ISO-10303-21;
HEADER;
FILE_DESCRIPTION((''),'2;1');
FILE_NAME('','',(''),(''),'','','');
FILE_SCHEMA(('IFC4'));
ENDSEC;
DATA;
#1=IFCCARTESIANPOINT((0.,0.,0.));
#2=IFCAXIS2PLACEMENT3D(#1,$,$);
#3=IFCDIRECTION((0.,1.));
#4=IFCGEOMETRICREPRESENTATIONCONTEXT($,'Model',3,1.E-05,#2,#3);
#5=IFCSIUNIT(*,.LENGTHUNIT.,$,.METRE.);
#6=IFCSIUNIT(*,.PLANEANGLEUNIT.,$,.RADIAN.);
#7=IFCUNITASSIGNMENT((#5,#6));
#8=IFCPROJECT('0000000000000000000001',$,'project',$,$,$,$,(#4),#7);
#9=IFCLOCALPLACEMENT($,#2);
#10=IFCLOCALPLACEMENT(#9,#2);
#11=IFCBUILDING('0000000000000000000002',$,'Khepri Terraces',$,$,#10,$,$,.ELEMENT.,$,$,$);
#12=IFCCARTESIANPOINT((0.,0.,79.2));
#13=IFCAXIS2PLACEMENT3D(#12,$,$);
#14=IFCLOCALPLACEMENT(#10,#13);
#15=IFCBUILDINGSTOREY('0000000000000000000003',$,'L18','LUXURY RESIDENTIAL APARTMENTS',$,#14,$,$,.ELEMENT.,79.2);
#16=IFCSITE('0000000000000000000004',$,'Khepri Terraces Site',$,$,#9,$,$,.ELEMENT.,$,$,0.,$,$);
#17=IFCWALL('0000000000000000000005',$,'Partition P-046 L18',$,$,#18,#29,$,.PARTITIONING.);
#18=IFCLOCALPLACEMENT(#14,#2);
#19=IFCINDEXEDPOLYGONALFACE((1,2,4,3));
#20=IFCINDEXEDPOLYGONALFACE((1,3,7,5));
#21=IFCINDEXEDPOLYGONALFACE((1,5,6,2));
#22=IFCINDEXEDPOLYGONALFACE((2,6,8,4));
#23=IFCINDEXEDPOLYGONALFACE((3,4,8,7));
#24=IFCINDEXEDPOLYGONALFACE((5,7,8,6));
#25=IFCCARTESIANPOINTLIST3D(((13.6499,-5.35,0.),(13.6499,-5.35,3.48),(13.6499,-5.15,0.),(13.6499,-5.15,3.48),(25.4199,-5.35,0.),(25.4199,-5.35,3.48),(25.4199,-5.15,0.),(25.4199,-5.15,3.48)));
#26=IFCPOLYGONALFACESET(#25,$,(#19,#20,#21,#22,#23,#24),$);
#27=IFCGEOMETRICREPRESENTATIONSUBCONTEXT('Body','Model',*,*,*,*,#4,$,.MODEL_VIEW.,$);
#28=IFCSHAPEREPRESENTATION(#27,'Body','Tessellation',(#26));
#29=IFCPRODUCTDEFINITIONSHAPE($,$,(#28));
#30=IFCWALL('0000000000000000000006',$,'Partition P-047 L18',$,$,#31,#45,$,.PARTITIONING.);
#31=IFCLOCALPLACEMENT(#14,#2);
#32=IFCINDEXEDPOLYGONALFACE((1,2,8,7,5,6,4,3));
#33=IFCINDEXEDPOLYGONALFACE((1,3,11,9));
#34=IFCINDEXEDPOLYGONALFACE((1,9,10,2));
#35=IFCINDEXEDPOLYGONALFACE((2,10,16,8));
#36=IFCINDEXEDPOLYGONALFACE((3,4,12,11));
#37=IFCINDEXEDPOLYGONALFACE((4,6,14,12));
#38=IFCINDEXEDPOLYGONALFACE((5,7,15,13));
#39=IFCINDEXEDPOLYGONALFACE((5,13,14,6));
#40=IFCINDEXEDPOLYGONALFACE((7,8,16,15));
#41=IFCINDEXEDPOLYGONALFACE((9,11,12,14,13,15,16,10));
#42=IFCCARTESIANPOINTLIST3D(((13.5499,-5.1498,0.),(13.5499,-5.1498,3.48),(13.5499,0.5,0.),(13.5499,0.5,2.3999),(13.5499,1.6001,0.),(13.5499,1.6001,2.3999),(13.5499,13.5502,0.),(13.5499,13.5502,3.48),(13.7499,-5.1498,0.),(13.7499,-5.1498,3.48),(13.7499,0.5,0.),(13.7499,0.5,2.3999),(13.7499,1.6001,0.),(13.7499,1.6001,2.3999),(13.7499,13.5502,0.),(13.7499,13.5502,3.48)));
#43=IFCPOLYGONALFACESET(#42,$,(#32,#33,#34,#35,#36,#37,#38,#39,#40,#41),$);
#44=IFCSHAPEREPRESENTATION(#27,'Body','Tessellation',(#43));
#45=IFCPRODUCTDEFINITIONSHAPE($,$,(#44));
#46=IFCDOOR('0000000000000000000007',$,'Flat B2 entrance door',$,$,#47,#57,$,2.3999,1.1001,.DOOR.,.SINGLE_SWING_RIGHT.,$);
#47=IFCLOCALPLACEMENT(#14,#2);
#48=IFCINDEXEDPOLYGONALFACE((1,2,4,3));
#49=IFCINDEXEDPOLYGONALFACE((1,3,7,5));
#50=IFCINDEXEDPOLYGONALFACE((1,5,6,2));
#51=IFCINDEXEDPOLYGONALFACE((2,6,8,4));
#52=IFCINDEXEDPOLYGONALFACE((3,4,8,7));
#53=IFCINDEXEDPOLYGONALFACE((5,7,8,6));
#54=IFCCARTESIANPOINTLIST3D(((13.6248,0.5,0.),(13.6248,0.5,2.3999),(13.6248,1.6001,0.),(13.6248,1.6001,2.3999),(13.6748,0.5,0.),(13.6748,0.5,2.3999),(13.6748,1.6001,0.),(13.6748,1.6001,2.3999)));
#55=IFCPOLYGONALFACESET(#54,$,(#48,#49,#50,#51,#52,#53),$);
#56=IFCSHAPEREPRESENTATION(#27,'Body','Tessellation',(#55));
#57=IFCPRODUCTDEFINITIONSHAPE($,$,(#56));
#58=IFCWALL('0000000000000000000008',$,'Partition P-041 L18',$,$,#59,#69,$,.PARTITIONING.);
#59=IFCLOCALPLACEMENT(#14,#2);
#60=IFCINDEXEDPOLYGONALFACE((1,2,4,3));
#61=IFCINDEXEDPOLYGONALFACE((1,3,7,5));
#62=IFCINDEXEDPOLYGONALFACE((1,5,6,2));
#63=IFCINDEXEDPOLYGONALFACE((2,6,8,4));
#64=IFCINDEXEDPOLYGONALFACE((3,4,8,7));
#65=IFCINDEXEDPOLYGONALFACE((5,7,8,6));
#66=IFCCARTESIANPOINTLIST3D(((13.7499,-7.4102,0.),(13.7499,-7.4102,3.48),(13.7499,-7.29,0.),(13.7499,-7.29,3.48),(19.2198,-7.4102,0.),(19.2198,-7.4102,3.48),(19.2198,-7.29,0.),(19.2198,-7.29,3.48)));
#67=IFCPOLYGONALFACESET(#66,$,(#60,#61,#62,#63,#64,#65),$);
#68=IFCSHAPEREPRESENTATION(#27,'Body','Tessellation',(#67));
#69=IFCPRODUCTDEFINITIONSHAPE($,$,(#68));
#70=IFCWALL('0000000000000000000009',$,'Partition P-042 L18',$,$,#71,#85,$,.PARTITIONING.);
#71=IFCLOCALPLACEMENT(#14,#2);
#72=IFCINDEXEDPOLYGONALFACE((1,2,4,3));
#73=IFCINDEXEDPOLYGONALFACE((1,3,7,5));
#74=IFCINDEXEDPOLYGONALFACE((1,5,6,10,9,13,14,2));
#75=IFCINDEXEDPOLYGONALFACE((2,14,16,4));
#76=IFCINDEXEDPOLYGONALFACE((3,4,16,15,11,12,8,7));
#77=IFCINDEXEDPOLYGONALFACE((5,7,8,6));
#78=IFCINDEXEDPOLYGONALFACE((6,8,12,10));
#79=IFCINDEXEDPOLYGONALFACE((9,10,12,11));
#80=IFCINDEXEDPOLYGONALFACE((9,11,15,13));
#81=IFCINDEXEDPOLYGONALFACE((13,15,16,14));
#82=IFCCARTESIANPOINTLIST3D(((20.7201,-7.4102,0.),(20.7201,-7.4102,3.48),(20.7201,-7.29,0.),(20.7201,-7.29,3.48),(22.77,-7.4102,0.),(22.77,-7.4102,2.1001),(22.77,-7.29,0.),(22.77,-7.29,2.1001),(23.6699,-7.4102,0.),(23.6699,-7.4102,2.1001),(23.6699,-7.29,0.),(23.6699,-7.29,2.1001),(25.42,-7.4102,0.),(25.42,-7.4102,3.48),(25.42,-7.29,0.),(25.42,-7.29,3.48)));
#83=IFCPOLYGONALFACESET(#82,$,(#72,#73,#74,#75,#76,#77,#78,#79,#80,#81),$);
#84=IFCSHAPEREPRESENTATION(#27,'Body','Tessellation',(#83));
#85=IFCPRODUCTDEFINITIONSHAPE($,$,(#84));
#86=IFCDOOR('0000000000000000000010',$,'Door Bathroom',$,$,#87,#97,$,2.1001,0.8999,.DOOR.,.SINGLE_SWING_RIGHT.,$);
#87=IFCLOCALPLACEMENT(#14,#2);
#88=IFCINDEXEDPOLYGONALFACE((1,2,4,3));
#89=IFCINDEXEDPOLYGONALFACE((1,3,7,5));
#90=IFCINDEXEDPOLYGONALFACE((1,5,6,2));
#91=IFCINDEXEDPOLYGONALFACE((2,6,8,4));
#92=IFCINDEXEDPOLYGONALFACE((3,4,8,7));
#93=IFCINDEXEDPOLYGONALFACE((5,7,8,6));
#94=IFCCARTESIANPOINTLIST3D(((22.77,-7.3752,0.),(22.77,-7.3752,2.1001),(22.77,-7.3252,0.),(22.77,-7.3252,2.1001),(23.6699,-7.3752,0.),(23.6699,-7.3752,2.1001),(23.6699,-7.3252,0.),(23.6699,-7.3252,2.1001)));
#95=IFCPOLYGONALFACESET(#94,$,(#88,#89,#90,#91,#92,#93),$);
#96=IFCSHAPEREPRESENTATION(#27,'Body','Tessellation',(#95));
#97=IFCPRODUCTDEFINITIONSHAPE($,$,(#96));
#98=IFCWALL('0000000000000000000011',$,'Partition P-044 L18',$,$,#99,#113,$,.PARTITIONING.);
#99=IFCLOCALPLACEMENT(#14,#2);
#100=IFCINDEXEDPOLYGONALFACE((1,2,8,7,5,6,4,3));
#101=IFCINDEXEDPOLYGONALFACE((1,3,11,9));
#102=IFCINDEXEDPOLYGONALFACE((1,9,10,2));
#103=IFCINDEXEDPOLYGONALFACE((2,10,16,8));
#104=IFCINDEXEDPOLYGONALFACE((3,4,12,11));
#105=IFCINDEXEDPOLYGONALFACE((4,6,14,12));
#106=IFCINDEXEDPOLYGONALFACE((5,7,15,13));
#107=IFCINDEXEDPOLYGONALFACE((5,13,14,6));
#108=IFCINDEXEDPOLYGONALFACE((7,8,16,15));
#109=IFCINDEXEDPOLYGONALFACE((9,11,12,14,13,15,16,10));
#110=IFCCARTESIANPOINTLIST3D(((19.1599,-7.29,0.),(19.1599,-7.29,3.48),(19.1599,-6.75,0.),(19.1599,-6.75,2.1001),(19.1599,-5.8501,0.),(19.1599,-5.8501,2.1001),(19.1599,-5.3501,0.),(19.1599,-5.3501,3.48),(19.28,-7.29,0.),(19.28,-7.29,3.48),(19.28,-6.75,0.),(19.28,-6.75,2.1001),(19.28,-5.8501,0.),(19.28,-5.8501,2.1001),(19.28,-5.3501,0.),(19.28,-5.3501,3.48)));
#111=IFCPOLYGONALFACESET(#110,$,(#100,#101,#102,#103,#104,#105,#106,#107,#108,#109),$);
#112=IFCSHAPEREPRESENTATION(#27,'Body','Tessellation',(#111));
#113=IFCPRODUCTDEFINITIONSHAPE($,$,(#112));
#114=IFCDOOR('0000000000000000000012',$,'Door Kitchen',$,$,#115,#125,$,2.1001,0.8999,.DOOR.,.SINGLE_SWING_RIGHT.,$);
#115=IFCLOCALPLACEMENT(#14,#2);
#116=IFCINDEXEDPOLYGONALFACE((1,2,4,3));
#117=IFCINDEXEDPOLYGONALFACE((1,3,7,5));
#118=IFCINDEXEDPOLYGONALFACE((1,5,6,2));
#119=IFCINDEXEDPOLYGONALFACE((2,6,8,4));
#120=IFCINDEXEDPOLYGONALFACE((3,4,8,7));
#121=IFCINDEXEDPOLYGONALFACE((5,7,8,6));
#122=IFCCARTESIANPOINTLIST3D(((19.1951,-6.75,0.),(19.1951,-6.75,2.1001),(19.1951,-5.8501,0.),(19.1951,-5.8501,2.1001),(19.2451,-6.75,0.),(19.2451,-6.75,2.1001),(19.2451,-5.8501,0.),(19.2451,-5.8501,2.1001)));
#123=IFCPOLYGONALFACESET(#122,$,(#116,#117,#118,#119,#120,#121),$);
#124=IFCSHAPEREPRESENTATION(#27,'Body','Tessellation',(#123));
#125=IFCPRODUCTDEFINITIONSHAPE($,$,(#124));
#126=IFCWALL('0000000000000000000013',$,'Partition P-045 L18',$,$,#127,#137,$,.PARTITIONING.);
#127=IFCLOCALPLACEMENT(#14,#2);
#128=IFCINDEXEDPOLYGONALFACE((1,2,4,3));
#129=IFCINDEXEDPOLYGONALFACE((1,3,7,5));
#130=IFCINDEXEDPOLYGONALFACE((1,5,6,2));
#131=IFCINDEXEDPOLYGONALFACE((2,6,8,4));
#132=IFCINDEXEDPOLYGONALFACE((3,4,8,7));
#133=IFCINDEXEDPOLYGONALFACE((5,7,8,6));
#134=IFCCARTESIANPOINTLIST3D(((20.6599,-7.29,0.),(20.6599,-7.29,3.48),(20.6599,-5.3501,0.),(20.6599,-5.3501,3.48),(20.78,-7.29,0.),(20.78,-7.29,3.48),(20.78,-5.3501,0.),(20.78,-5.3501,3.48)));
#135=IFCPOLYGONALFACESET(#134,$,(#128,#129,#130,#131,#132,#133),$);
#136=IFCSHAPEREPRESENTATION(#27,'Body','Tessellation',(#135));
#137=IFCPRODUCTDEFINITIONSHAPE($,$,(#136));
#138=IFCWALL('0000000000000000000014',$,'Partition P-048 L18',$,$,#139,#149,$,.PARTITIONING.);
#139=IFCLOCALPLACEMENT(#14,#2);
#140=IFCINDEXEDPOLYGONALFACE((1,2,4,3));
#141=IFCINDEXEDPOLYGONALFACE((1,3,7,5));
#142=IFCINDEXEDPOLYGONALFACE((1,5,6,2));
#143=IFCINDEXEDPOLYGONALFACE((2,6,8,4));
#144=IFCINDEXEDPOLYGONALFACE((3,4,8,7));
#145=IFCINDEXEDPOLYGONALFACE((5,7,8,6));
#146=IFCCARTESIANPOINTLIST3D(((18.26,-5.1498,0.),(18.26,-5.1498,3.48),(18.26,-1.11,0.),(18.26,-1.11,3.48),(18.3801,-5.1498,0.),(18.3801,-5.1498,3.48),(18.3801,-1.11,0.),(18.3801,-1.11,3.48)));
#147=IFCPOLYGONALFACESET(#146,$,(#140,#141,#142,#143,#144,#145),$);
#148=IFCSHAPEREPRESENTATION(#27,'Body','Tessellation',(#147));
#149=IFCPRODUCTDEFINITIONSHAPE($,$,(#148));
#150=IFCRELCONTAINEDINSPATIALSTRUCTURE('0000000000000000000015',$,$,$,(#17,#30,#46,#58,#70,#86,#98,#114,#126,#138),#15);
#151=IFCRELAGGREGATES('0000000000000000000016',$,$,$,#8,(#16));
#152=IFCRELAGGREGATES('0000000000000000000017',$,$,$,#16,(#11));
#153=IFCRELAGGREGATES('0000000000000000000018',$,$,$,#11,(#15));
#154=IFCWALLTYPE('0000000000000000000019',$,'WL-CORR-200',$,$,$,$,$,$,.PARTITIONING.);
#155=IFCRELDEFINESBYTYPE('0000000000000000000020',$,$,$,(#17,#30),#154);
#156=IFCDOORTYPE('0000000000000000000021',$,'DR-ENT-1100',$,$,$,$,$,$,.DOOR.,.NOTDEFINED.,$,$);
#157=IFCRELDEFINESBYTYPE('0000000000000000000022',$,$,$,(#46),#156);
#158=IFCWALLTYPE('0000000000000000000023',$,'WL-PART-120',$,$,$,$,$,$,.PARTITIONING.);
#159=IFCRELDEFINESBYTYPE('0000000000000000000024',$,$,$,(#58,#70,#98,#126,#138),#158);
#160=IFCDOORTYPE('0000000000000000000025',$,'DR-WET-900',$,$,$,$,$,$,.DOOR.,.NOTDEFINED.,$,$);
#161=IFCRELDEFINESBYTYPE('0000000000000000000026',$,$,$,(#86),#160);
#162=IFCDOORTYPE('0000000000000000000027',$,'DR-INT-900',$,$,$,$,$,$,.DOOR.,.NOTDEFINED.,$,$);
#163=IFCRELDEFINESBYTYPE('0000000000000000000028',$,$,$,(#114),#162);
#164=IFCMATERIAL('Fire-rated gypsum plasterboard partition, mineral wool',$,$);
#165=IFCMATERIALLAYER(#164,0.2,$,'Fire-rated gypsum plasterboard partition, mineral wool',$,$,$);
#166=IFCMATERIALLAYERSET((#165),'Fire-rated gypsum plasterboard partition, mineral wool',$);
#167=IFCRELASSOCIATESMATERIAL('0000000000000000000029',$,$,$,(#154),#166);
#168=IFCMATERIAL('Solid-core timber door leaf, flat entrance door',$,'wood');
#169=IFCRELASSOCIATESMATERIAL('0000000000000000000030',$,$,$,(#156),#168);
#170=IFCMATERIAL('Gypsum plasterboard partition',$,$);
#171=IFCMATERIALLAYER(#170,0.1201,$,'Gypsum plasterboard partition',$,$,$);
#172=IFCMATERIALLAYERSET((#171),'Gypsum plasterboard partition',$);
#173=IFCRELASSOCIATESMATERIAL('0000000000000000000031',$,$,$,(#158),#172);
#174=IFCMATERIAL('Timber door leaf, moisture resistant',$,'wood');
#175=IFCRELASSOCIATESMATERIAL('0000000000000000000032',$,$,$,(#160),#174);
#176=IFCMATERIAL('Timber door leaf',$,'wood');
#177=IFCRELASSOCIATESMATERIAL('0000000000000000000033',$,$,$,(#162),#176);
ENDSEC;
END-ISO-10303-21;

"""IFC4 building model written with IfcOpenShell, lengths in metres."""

from ifc_helpers import new_model, si_unit, direction, frame, frame_2d, origin, place, context, subcontext, project, spatial, rectangle, extrude, material, layer, layer_set, type_object, element, fill, save


model = new_model("IFC4")

# Units and contexts
model_context = context("Model", 3, precision=1e-05, world=origin(), true_north=direction((0.0, 1.0)))
body_context = subcontext(model_context, "Body", "Model", "MODEL_VIEW")
ifc_project = project(units=[si_unit("LENGTHUNIT", "METRE"), si_unit("PLANEANGLEUNIT", "RADIAN")], contexts=[model_context])

# Site, building, storey
site_placement = place(None, origin())
site = spatial("IfcSite", under=ifc_project, at=site_placement, Name="Khepri Terraces Site", CompositionType="ELEMENT", RefElevation=0.0)
building_placement = place(site_placement, origin())
building = spatial("IfcBuilding", under=site, at=building_placement, Name="Khepri Terraces", CompositionType="ELEMENT")
storey_placement = place(building_placement, frame((0.0, 0.0, 79.2)))
storey = spatial("IfcBuildingStorey", under=building, at=storey_placement, Name="L18", Description="LUXURY RESIDENTIAL APARTMENTS", CompositionType="ELEMENT", Elevation=79.2)

# Wall
ifc_material_1 = material(Name="Fire-rated gypsum plasterboard partition, mineral wool")
ifc_layer_1 = layer(ifc_material_1, 0.2, Name="Fire-rated gypsum plasterboard partition, mineral wool")
ifc_layer_set_1 = layer_set([ifc_layer_1], Name="Fire-rated gypsum plasterboard partition, mineral wool")
wall_type_1 = type_object("IfcWallType", Name="WL-CORR-200", PredefinedType="PARTITIONING", material=ifc_layer_set_1)
wall_1_placement = place(storey_placement, frame((13.6499, -5.25, 0.0), z_axis=(0.0, 0.0, 1.0), x_axis=(1.0, 0.0, 0.0)))
element("IfcWall", 1, at=wall_1_placement, inside=storey, type_object=wall_type_1, Name="Partition P-046 L18", PredefinedType="PARTITIONING", context=body_context, shape_type="SweptSolid", body=[
    extrude(rectangle(XDim=11.77, YDim=0.2, at=frame_2d((5.885, 0.0))), origin(), (0.0, 0.0, 1.0), 3.48),
])

# Wall, opening, door
wall_2_placement = place(storey_placement, frame((13.6499, -5.1499, 0.0), z_axis=(0.0, 0.0, 1.0), x_axis=(0.0, 1.0, 0.0)))
wall_2 = element("IfcWall", 2, at=wall_2_placement, inside=storey, type_object=wall_type_1, Name="Partition P-047 L18", PredefinedType="PARTITIONING", context=body_context, shape_type="SweptSolid", body=[
    extrude(rectangle(XDim=18.7, YDim=0.2, at=frame_2d((9.3501, 0.0))), origin(), (0.0, 0.0, 1.0), 3.48),
])
opening_1_placement = place(wall_2_placement, frame((5.6499, 0.0, 0.0)))
opening_1 = element("IfcOpeningElement", 3, at=opening_1_placement, cuts=wall_2, PredefinedType="OPENING", context=body_context, shape_type="SweptSolid", body=[
    extrude(rectangle(XDim=1.1001, YDim=2.3999, at=frame_2d((0.55, 1.2))), frame((0.0, 0.1099, 0.0), z_axis=(0.0, -1.0, 0.0), x_axis=(1.0, 0.0, 0.0)), (0.0, 0.0, 1.0), 0.22),
])
ifc_material_2 = material(Name="Solid-core timber door leaf, flat entrance door", Category="wood")
door_type_1 = type_object("IfcDoorType", Name="DR-ENT-1100", OperationType="NOTDEFINED", PredefinedType="DOOR", material=ifc_material_2)
door_1_placement = place(opening_1_placement, frame((1.1001, 0.0, 0.0), z_axis=(0.0, 0.0, 1.0), x_axis=(-1.0, 0.0, 0.0)))
door_1 = element("IfcDoor", 4, at=door_1_placement, inside=storey, type_object=door_type_1, Name="Flat B2 entrance door", OperationType="SINGLE_SWING_RIGHT", OverallHeight=2.3999, OverallWidth=1.1001, PredefinedType="DOOR", context=body_context, shape_type="SweptSolid", body=[
    extrude(rectangle(XDim=1.1001, YDim=2.3999, at=frame_2d((0.55, 1.2))), frame((0.0, 0.0249, 0.0), z_axis=(0.0, -1.0, 0.0), x_axis=(1.0, 0.0, 0.0)), (0.0, 0.0, 1.0), 0.05),
])
fill(opening_1, door_1)

# Wall
ifc_material_3 = material(Name="Gypsum plasterboard partition")
ifc_layer_2 = layer(ifc_material_3, 0.1201, Name="Gypsum plasterboard partition")
ifc_layer_set_2 = layer_set([ifc_layer_2], Name="Gypsum plasterboard partition")
wall_type_2 = type_object("IfcWallType", Name="WL-PART-120", PredefinedType="PARTITIONING", material=ifc_layer_set_2)
wall_3_placement = place(storey_placement, frame((13.75, -7.3501, 0.0), z_axis=(0.0, 0.0, 1.0), x_axis=(1.0, 0.0, 0.0)))
element("IfcWall", 5, at=wall_3_placement, inside=storey, type_object=wall_type_2, Name="Partition P-041 L18", PredefinedType="PARTITIONING", context=body_context, shape_type="SweptSolid", body=[
    extrude(rectangle(XDim=5.47, YDim=0.1201, at=frame_2d((2.7349, 0.0))), origin(), (0.0, 0.0, 1.0), 3.48),
])

# Walls, openings, doors
wall_4_placement = place(storey_placement, frame((20.72, -7.3501, 0.0), z_axis=(0.0, 0.0, 1.0), x_axis=(1.0, 0.0, 0.0)))
wall_4 = element("IfcWall", 6, at=wall_4_placement, inside=storey, type_object=wall_type_2, Name="Partition P-042 L18", PredefinedType="PARTITIONING", context=body_context, shape_type="SweptSolid", body=[
    extrude(rectangle(XDim=4.7, YDim=0.1201, at=frame_2d((2.3501, 0.0))), origin(), (0.0, 0.0, 1.0), 3.48),
])
opening_2_placement = place(wall_4_placement, frame((2.05, 0.0, 0.0)))
opening_2 = element("IfcOpeningElement", 7, at=opening_2_placement, cuts=wall_4, PredefinedType="OPENING", context=body_context, shape_type="SweptSolid", body=[
    extrude(rectangle(XDim=0.8999, YDim=2.1001, at=frame_2d((0.45, 1.05))), frame((0.0, 0.0701, 0.0), z_axis=(0.0, -1.0, 0.0), x_axis=(1.0, 0.0, 0.0)), (0.0, 0.0, 1.0), 0.1401),
])
ifc_material_4 = material(Name="Timber door leaf, moisture resistant", Category="wood")
door_type_2 = type_object("IfcDoorType", Name="DR-WET-900", OperationType="NOTDEFINED", PredefinedType="DOOR", material=ifc_material_4)
door_2_placement = place(opening_2_placement, origin())
door_2 = element("IfcDoor", 8, at=door_2_placement, inside=storey, type_object=door_type_2, Name="Door Bathroom", OperationType="SINGLE_SWING_RIGHT", OverallHeight=2.1001, OverallWidth=0.8999, PredefinedType="DOOR", context=body_context, shape_type="SweptSolid", body=[
    extrude(rectangle(XDim=0.8999, YDim=2.1001, at=frame_2d((0.45, 1.05))), frame((0.0, 0.0249, 0.0), z_axis=(0.0, -1.0, 0.0), x_axis=(1.0, 0.0, 0.0)), (0.0, 0.0, 1.0), 0.05),
])
fill(opening_2, door_2)
wall_5_placement = place(storey_placement, frame((19.22, -7.29, 0.0), z_axis=(0.0, 0.0, 1.0), x_axis=(0.0, 1.0, 0.0)))
wall_5 = element("IfcWall", 9, at=wall_5_placement, inside=storey, type_object=wall_type_2, Name="Partition P-044 L18", PredefinedType="PARTITIONING", context=body_context, shape_type="SweptSolid", body=[
    extrude(rectangle(XDim=1.9399, YDim=0.1201, at=frame_2d((0.97, 0.0))), origin(), (0.0, 0.0, 1.0), 3.48),
])
opening_3_placement = place(wall_5_placement, frame((0.54, 0.0, 0.0)))
opening_3 = element("IfcOpeningElement", 10, at=opening_3_placement, cuts=wall_5, PredefinedType="OPENING", context=body_context, shape_type="SweptSolid", body=[
    extrude(rectangle(XDim=0.8999, YDim=2.1001, at=frame_2d((0.45, 1.05))), frame((0.0, 0.0701, 0.0), z_axis=(0.0, -1.0, 0.0), x_axis=(1.0, 0.0, 0.0)), (0.0, 0.0, 1.0), 0.1401),
])
ifc_material_5 = material(Name="Timber door leaf", Category="wood")
door_type_3 = type_object("IfcDoorType", Name="DR-INT-900", OperationType="NOTDEFINED", PredefinedType="DOOR", material=ifc_material_5)
door_3_placement = place(opening_3_placement, origin())
door_3 = element("IfcDoor", 11, at=door_3_placement, inside=storey, type_object=door_type_3, Name="Door Kitchen", OperationType="SINGLE_SWING_RIGHT", OverallHeight=2.1001, OverallWidth=0.8999, PredefinedType="DOOR", context=body_context, shape_type="SweptSolid", body=[
    extrude(rectangle(XDim=0.8999, YDim=2.1001, at=frame_2d((0.45, 1.05))), frame((0.0, 0.0249, 0.0), z_axis=(0.0, -1.0, 0.0), x_axis=(1.0, 0.0, 0.0)), (0.0, 0.0, 1.0), 0.05),
])
fill(opening_3, door_3)

# Walls
wall_6_placement = place(storey_placement, frame((20.72, -7.29, 0.0), z_axis=(0.0, 0.0, 1.0), x_axis=(0.0, 1.0, 0.0)))
element("IfcWall", 12, at=wall_6_placement, inside=storey, type_object=wall_type_2, Name="Partition P-045 L18", PredefinedType="PARTITIONING", context=body_context, shape_type="SweptSolid", body=[
    extrude(rectangle(XDim=1.9399, YDim=0.1201, at=frame_2d((0.97, 0.0))), origin(), (0.0, 0.0, 1.0), 3.48),
])
wall_7_placement = place(storey_placement, frame((18.3201, -5.1499, 0.0), z_axis=(0.0, 0.0, 1.0), x_axis=(0.0, 1.0, 0.0)))
element("IfcWall", 13, at=wall_7_placement, inside=storey, type_object=wall_type_2, Name="Partition P-048 L18", PredefinedType="PARTITIONING", context=body_context, shape_type="SweptSolid", body=[
    extrude(rectangle(XDim=4.0398, YDim=0.1201, at=frame_2d((2.02, 0.0))), origin(), (0.0, 0.0, 1.0), 3.48),
])

save(model, "model.ifc")
